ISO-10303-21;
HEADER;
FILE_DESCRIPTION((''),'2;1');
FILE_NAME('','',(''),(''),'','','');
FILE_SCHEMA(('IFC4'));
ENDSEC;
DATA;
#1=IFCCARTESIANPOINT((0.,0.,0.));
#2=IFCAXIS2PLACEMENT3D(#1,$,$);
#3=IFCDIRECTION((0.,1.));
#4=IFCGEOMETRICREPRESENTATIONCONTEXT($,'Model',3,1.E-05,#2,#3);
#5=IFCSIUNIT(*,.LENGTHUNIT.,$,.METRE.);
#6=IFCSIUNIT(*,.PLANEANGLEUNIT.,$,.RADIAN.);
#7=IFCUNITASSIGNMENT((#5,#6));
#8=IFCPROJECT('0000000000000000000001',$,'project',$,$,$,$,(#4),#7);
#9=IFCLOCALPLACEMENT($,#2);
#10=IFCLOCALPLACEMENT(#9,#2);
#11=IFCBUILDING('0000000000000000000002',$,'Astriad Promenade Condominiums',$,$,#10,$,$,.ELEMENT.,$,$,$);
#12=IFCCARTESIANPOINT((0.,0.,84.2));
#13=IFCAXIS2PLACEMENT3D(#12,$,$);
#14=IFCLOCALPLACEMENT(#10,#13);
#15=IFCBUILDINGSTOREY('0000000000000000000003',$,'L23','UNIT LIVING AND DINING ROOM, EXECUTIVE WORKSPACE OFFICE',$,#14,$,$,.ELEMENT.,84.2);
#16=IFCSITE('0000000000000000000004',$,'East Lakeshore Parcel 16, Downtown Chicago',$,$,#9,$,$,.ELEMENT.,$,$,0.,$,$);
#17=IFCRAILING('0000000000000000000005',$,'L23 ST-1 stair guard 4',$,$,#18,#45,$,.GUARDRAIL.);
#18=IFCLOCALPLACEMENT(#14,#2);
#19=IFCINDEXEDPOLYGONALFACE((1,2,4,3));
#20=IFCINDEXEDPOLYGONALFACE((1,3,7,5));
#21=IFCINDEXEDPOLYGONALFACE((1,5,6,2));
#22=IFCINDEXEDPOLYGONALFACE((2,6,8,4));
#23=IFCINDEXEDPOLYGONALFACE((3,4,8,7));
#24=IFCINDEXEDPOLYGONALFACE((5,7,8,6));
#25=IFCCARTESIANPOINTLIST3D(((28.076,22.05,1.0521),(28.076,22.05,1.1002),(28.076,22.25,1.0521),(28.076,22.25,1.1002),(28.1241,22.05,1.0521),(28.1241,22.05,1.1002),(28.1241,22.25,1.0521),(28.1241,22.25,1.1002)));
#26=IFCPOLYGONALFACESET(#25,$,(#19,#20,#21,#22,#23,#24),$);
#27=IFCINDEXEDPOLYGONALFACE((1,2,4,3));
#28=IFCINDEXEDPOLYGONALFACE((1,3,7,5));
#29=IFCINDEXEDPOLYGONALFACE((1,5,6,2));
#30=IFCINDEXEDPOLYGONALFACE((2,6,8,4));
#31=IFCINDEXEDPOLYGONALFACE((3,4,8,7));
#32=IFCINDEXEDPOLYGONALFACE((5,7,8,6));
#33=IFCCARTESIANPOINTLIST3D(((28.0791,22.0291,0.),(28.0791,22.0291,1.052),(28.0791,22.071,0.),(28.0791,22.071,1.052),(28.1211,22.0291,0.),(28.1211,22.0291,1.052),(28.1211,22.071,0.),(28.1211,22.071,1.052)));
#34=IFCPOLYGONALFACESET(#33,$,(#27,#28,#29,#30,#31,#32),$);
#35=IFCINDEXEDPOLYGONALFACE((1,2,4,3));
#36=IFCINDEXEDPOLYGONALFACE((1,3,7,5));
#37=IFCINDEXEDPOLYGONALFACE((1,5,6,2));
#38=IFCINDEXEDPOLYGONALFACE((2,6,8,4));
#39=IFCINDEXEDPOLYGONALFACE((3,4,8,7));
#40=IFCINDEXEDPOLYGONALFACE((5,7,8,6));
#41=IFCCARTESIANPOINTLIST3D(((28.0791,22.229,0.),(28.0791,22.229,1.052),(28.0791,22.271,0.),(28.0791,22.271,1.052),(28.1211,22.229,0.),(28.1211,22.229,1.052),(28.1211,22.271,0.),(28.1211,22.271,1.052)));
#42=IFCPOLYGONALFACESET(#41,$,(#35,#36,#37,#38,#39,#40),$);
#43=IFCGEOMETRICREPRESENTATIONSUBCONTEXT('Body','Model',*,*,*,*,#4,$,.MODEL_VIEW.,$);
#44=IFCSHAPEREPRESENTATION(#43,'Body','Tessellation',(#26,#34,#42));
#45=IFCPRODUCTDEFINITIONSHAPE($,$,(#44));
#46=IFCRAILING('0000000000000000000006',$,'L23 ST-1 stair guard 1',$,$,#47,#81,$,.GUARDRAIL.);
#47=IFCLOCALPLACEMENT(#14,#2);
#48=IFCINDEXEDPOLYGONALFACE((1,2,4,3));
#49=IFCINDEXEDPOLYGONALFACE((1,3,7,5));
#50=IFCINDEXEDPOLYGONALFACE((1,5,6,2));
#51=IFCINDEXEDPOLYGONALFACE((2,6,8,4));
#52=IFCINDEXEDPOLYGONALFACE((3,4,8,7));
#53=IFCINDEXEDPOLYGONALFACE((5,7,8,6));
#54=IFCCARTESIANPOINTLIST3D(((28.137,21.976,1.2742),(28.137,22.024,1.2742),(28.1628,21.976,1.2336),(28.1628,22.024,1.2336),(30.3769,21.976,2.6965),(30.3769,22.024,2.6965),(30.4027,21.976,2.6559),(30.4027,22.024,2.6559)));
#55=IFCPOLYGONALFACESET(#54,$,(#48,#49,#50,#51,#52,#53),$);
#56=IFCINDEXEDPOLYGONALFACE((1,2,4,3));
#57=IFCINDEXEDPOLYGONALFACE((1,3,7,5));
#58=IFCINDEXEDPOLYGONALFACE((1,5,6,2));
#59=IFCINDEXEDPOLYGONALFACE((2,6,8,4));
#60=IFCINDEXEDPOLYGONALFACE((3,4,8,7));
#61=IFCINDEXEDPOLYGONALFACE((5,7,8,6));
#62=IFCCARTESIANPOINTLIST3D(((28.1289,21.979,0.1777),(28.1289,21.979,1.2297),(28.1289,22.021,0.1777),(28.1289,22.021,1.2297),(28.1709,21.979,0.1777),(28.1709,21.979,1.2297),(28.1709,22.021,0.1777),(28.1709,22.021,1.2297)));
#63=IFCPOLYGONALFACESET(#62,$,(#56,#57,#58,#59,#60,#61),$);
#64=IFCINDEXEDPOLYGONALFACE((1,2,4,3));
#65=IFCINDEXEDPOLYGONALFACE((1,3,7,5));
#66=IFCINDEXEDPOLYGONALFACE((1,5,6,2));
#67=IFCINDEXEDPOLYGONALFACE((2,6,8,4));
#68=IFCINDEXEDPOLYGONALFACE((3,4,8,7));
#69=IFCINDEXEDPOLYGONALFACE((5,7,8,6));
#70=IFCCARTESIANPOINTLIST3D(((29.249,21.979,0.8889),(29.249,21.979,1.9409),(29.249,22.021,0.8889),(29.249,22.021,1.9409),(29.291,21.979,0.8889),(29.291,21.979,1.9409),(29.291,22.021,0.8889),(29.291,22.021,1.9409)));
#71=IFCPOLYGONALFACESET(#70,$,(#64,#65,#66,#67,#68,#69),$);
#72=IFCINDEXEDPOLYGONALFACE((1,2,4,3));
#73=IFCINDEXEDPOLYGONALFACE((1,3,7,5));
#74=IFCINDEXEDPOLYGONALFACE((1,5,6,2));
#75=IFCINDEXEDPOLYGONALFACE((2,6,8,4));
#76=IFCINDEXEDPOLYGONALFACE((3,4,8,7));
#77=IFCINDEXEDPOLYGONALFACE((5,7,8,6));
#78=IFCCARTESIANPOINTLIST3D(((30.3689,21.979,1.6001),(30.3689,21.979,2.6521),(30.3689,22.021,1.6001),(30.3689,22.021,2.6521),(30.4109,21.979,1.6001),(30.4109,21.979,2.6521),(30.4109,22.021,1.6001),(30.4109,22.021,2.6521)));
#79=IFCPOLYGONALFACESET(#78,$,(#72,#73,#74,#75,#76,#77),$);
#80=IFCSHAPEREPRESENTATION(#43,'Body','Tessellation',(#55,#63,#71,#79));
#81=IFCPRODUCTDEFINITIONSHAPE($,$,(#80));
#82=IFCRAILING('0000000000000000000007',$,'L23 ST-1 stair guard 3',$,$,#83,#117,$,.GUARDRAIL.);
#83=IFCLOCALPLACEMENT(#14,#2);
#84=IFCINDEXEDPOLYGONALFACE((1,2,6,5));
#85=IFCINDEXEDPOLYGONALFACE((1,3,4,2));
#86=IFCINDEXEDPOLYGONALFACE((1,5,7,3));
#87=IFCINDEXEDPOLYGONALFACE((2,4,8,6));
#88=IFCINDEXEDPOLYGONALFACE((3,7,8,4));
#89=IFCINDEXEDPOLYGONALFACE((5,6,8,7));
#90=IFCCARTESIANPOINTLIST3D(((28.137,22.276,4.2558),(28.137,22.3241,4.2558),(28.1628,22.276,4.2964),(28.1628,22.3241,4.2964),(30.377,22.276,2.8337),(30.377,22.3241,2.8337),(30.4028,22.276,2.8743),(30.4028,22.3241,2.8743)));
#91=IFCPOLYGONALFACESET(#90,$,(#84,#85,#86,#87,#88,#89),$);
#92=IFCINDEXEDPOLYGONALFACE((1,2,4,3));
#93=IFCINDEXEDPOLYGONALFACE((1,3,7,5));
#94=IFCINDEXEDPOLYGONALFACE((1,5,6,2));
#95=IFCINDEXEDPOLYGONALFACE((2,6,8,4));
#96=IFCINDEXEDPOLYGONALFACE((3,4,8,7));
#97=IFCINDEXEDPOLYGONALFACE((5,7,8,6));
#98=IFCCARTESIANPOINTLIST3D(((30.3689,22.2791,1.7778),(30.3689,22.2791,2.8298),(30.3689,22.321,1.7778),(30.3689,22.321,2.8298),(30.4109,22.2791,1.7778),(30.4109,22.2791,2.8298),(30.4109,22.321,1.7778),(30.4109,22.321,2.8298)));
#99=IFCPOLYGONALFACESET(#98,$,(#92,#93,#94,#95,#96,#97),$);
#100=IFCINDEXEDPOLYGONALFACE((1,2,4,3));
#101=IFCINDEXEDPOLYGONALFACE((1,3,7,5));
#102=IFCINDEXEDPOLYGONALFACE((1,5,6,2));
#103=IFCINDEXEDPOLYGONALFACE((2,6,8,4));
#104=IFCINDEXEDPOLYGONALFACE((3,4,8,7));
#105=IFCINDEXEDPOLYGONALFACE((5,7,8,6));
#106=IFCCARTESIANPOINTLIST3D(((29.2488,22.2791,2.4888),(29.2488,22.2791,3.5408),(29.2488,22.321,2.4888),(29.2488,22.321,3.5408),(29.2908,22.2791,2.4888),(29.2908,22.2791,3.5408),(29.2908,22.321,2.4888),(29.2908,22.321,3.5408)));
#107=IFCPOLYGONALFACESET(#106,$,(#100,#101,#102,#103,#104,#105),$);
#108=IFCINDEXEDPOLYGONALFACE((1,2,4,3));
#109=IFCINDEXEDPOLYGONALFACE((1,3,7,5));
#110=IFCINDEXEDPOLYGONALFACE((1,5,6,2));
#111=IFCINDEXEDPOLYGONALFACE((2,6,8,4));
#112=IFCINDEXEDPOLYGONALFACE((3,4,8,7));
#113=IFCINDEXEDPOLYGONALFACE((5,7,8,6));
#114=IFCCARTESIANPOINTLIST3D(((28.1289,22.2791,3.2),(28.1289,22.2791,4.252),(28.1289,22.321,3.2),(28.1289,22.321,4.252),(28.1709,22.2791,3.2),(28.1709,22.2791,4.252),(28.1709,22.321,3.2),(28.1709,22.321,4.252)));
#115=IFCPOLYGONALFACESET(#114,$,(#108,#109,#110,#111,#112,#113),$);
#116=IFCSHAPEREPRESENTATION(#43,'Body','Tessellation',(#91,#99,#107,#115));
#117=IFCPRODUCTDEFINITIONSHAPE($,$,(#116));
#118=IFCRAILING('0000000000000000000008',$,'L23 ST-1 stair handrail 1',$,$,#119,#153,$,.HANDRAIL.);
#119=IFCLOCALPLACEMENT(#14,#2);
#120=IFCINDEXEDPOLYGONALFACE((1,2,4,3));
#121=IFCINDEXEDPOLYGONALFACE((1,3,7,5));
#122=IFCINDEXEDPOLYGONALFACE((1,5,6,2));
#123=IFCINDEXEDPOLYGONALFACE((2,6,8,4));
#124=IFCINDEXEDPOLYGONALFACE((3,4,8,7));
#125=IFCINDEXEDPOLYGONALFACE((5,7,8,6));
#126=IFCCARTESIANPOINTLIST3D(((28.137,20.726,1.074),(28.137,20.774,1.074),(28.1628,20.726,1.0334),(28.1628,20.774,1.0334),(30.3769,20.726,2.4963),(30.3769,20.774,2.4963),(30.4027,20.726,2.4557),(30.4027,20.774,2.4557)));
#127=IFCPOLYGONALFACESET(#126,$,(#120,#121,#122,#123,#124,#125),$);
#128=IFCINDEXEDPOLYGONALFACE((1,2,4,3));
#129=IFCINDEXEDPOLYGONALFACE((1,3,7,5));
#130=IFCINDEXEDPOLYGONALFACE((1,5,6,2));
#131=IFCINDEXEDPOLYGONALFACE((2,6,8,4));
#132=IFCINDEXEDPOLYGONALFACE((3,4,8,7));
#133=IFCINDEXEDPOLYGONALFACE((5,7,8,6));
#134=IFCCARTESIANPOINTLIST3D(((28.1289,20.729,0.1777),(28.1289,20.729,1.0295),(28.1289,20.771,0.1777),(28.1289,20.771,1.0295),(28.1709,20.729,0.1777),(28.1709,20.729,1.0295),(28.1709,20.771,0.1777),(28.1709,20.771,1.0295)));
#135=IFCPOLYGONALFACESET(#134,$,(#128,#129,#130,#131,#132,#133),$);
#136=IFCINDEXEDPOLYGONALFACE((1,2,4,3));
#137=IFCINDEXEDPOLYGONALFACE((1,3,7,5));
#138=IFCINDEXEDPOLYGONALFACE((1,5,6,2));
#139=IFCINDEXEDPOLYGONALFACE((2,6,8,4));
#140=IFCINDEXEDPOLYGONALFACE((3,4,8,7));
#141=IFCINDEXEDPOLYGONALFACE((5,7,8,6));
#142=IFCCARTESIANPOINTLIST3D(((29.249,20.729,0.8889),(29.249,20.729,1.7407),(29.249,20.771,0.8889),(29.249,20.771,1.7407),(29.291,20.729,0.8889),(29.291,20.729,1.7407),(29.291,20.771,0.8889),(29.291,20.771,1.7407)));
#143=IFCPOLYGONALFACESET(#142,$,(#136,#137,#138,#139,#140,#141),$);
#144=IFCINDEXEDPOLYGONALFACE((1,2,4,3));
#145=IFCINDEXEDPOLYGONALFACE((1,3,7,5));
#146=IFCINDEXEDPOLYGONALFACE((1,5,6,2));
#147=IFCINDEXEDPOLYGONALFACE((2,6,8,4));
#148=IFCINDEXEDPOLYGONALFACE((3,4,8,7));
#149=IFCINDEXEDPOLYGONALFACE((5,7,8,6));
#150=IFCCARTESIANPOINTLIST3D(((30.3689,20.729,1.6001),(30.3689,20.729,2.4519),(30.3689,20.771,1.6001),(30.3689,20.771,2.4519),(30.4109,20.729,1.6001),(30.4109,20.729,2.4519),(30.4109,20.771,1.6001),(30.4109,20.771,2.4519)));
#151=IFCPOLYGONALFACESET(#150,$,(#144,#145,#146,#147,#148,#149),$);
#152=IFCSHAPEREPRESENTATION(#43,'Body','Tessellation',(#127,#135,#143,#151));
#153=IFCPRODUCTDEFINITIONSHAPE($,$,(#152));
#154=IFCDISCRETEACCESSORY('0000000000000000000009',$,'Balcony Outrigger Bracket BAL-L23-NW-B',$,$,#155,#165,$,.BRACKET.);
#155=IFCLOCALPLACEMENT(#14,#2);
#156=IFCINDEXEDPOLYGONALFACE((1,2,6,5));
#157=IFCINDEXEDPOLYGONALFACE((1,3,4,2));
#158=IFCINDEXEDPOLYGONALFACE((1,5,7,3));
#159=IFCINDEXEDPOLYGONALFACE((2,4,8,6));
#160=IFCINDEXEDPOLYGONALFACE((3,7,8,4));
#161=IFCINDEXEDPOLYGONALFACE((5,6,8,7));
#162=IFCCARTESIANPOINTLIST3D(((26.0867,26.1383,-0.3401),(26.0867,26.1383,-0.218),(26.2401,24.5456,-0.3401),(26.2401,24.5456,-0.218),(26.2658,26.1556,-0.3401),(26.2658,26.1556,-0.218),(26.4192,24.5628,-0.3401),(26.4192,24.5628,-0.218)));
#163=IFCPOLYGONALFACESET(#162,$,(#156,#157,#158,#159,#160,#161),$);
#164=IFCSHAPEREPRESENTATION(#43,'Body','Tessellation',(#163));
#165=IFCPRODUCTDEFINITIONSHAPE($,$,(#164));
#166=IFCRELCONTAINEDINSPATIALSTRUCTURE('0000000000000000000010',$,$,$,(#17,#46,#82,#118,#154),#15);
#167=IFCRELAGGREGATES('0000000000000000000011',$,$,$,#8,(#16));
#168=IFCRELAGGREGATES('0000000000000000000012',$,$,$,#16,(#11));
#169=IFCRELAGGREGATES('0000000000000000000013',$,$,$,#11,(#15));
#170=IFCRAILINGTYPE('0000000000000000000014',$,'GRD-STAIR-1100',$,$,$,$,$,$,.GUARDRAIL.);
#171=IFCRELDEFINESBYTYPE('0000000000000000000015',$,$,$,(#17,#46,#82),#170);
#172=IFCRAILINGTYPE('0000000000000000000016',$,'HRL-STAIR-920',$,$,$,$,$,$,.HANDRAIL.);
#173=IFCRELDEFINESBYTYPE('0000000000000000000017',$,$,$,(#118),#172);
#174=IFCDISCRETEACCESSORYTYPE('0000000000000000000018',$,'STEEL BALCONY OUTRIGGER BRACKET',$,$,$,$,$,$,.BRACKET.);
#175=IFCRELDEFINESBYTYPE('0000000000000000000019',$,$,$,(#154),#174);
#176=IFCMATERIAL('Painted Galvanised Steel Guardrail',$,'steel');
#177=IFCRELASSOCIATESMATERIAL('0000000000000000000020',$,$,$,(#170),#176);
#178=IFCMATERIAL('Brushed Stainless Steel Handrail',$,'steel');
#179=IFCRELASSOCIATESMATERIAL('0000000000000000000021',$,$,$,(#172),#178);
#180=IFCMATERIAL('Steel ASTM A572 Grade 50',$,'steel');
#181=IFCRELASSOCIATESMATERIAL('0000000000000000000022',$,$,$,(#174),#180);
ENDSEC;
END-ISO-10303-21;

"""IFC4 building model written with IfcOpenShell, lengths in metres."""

from ifc_helpers import new_model, si_unit, direction, frame, origin, origin_2d, place, context, subcontext, project, spatial, rectangle, extrude, source, transform, mapped, material, type_object, type_shapes, element, save


model = new_model("IFC4")

# Units and contexts
model_context = context("Model", 3, precision=1e-05, world=origin(), true_north=direction((0.0, 1.0)))
body_context = subcontext(model_context, "Body", "Model", "MODEL_VIEW")
ifc_project = project(units=[si_unit("LENGTHUNIT", "METRE"), si_unit("PLANEANGLEUNIT", "RADIAN")], contexts=[model_context])

# Site, building, storey
site_placement = place(None, origin())
site = spatial("IfcSite", under=ifc_project, at=site_placement, Name="East Lakeshore Parcel 16, Downtown Chicago", CompositionType="ELEMENT", RefElevation=0.0)
building_placement = place(site_placement, origin())
building = spatial("IfcBuilding", under=site, at=building_placement, Name="Astriad Promenade Condominiums", CompositionType="ELEMENT")
storey_placement = place(building_placement, frame((0.0, 0.0, 84.2)))
storey = spatial("IfcBuildingStorey", under=building, at=storey_placement, Name="L23", Description="UNIT LIVING AND DINING ROOM, EXECUTIVE WORKSPACE OFFICE", CompositionType="ELEMENT", Elevation=84.2)

# Railings
ifc_material_1 = material(Name="Painted Galvanised Steel Guardrail", Category="steel")
railing_type_1 = type_object("IfcRailingType", Name="GRD-STAIR-1100", PredefinedType="GUARDRAIL", material=ifc_material_1)
shared_shape_1 = source(origin(), body_context, "Body", "SweptSolid", [
    extrude(rectangle(XDim=0.0481, YDim=0.0481, at=origin_2d()), frame((0.0, 0.0, 1.0762), z_axis=(0.0, 1.0, 0.0), x_axis=(-1.0, 0.0, 0.0)), (0.0, 0.0, 1.0), 0.2),
    extrude(rectangle(XDim=0.042, YDim=0.042, at=origin_2d()), origin(), (0.0, 0.0, 1.0), 1.052),
    extrude(rectangle(XDim=0.042, YDim=0.042, at=origin_2d()), frame((0.0, 0.2, 0.0)), (0.0, 0.0, 1.0), 1.052),
])
railing_1_placement = place(storey_placement, frame((28.1001, 22.05, 0.0)))
element("IfcRailing", 1, at=railing_1_placement, inside=storey, type_object=railing_type_1, Name="L23 ST-1 stair guard 4", PredefinedType="GUARDRAIL", context=body_context, shape_type="MappedRepresentation", body=[
    mapped(shared_shape_1, transform((0.0, 0.0, 0.0), scale=1.0)),
])
shared_shape_2 = source(origin(), body_context, "Body", "SweptSolid", [
    extrude(rectangle(XDim=0.0481, YDim=0.0481, at=origin_2d()), frame((0.0, 0.0, 1.0762), z_axis=(0.844188, 0.0, 0.536048), x_axis=(0.0, 1.0, 0.0)), (0.0, 0.0, 1.0), 2.6533),
    extrude(rectangle(XDim=0.042, YDim=0.042, at=origin_2d()), origin(), (0.0, 0.0, 1.0), 1.052),
    extrude(rectangle(XDim=0.042, YDim=0.042, at=origin_2d()), frame((1.1201, 0.0, 0.7112)), (0.0, 0.0, 1.0), 1.052),
    extrude(rectangle(XDim=0.042, YDim=0.042, at=origin_2d()), frame((2.24, 0.0, 1.4224)), (0.0, 0.0, 1.0), 1.052),
])
railing_2_placement = place(storey_placement, frame((28.1499, 22.0, 0.1777)))
element("IfcRailing", 2, at=railing_2_placement, inside=storey, type_object=railing_type_1, Name="L23 ST-1 stair guard 1", PredefinedType="GUARDRAIL", context=body_context, shape_type="MappedRepresentation", body=[
    mapped(shared_shape_2, transform((0.0, 0.0, 0.0), scale=1.0)),
])
shared_shape_3 = source(origin(), body_context, "Body", "SweptSolid", [
    extrude(rectangle(XDim=0.0481, YDim=0.0481, at=origin_2d()), frame((0.0, 0.0, 1.0762), z_axis=(-0.844229, 0.0, 0.535982), x_axis=(0.0, -1.0, 0.0)), (0.0, 0.0, 1.0), 2.6533),
    extrude(rectangle(XDim=0.042, YDim=0.042, at=origin_2d()), origin(), (0.0, 0.0, 1.0), 1.052),
    extrude(rectangle(XDim=0.042, YDim=0.042, at=origin_2d()), frame((-1.1201, 0.0, 0.7109)), (0.0, 0.0, 1.0), 1.052),
    extrude(rectangle(XDim=0.042, YDim=0.042, at=origin_2d()), frame((-2.24, 0.0, 1.4221)), (0.0, 0.0, 1.0), 1.052),
])
type_shapes(railing_type_1, [shared_shape_1, shared_shape_2, shared_shape_3])
railing_3_placement = place(storey_placement, frame((30.3899, 22.3, 1.7778)))
element("IfcRailing", 3, at=railing_3_placement, inside=storey, type_object=railing_type_1, Name="L23 ST-1 stair guard 3", PredefinedType="GUARDRAIL", context=body_context, shape_type="MappedRepresentation", body=[
    mapped(shared_shape_3, transform((0.0, 0.0, 0.0), scale=1.0)),
])
ifc_material_2 = material(Name="Brushed Stainless Steel Handrail", Category="steel")
railing_type_2 = type_object("IfcRailingType", Name="HRL-STAIR-920", PredefinedType="HANDRAIL", material=ifc_material_2)
shared_shape_4 = source(origin(), body_context, "Body", "SweptSolid", [
    extrude(rectangle(XDim=0.0481, YDim=0.0481, at=origin_2d()), frame((0.0, 0.0, 0.876), z_axis=(0.844188, 0.0, 0.536048), x_axis=(0.0, 1.0, 0.0)), (0.0, 0.0, 1.0), 2.6533),
    extrude(rectangle(XDim=0.042, YDim=0.042, at=origin_2d()), origin(), (0.0, 0.0, 1.0), 0.8518),
    extrude(rectangle(XDim=0.042, YDim=0.042, at=origin_2d()), frame((1.1201, 0.0, 0.7112)), (0.0, 0.0, 1.0), 0.8518),
    extrude(rectangle(XDim=0.042, YDim=0.042, at=origin_2d()), frame((2.24, 0.0, 1.4224)), (0.0, 0.0, 1.0), 0.8518),
])
type_shapes(railing_type_2, [shared_shape_4])
railing_4_placement = place(storey_placement, frame((28.1499, 20.75, 0.1777)))
element("IfcRailing", 4, at=railing_4_placement, inside=storey, type_object=railing_type_2, Name="L23 ST-1 stair handrail 1", PredefinedType="HANDRAIL", context=body_context, shape_type="MappedRepresentation", body=[
    mapped(shared_shape_4, transform((0.0, 0.0, 0.0), scale=1.0)),
])

# Discrete accessory
ifc_material_3 = material(Name="Steel ASTM A572 Grade 50", Category="steel")
discrete_accessory_type = type_object("IfcDiscreteAccessoryType", Name="STEEL BALCONY OUTRIGGER BRACKET", PredefinedType="BRACKET", material=ifc_material_3)
shared_shape_5 = source(origin(), body_context, "Body", "SweptSolid", [
    extrude(rectangle(XDim=1.6001, YDim=0.1799, at=origin_2d()), origin(), (0.0, 0.0, 1.0), 0.1221),
])
type_shapes(discrete_accessory_type, [shared_shape_5])
discrete_accessory_placement = place(storey_placement, frame((26.2529, 25.3506, -0.3401), z_axis=(0.0, 0.0, 1.0), x_axis=(-0.095846, 0.995396, 0.0)))
element("IfcDiscreteAccessory", 5, at=discrete_accessory_placement, inside=storey, type_object=discrete_accessory_type, Name="Balcony Outrigger Bracket BAL-L23-NW-B", PredefinedType="BRACKET", context=body_context, shape_type="MappedRepresentation", body=[
    mapped(shared_shape_5, transform((0.0, 0.0, 0.0), scale=1.0)),
])

save(model, "model.ifc")
